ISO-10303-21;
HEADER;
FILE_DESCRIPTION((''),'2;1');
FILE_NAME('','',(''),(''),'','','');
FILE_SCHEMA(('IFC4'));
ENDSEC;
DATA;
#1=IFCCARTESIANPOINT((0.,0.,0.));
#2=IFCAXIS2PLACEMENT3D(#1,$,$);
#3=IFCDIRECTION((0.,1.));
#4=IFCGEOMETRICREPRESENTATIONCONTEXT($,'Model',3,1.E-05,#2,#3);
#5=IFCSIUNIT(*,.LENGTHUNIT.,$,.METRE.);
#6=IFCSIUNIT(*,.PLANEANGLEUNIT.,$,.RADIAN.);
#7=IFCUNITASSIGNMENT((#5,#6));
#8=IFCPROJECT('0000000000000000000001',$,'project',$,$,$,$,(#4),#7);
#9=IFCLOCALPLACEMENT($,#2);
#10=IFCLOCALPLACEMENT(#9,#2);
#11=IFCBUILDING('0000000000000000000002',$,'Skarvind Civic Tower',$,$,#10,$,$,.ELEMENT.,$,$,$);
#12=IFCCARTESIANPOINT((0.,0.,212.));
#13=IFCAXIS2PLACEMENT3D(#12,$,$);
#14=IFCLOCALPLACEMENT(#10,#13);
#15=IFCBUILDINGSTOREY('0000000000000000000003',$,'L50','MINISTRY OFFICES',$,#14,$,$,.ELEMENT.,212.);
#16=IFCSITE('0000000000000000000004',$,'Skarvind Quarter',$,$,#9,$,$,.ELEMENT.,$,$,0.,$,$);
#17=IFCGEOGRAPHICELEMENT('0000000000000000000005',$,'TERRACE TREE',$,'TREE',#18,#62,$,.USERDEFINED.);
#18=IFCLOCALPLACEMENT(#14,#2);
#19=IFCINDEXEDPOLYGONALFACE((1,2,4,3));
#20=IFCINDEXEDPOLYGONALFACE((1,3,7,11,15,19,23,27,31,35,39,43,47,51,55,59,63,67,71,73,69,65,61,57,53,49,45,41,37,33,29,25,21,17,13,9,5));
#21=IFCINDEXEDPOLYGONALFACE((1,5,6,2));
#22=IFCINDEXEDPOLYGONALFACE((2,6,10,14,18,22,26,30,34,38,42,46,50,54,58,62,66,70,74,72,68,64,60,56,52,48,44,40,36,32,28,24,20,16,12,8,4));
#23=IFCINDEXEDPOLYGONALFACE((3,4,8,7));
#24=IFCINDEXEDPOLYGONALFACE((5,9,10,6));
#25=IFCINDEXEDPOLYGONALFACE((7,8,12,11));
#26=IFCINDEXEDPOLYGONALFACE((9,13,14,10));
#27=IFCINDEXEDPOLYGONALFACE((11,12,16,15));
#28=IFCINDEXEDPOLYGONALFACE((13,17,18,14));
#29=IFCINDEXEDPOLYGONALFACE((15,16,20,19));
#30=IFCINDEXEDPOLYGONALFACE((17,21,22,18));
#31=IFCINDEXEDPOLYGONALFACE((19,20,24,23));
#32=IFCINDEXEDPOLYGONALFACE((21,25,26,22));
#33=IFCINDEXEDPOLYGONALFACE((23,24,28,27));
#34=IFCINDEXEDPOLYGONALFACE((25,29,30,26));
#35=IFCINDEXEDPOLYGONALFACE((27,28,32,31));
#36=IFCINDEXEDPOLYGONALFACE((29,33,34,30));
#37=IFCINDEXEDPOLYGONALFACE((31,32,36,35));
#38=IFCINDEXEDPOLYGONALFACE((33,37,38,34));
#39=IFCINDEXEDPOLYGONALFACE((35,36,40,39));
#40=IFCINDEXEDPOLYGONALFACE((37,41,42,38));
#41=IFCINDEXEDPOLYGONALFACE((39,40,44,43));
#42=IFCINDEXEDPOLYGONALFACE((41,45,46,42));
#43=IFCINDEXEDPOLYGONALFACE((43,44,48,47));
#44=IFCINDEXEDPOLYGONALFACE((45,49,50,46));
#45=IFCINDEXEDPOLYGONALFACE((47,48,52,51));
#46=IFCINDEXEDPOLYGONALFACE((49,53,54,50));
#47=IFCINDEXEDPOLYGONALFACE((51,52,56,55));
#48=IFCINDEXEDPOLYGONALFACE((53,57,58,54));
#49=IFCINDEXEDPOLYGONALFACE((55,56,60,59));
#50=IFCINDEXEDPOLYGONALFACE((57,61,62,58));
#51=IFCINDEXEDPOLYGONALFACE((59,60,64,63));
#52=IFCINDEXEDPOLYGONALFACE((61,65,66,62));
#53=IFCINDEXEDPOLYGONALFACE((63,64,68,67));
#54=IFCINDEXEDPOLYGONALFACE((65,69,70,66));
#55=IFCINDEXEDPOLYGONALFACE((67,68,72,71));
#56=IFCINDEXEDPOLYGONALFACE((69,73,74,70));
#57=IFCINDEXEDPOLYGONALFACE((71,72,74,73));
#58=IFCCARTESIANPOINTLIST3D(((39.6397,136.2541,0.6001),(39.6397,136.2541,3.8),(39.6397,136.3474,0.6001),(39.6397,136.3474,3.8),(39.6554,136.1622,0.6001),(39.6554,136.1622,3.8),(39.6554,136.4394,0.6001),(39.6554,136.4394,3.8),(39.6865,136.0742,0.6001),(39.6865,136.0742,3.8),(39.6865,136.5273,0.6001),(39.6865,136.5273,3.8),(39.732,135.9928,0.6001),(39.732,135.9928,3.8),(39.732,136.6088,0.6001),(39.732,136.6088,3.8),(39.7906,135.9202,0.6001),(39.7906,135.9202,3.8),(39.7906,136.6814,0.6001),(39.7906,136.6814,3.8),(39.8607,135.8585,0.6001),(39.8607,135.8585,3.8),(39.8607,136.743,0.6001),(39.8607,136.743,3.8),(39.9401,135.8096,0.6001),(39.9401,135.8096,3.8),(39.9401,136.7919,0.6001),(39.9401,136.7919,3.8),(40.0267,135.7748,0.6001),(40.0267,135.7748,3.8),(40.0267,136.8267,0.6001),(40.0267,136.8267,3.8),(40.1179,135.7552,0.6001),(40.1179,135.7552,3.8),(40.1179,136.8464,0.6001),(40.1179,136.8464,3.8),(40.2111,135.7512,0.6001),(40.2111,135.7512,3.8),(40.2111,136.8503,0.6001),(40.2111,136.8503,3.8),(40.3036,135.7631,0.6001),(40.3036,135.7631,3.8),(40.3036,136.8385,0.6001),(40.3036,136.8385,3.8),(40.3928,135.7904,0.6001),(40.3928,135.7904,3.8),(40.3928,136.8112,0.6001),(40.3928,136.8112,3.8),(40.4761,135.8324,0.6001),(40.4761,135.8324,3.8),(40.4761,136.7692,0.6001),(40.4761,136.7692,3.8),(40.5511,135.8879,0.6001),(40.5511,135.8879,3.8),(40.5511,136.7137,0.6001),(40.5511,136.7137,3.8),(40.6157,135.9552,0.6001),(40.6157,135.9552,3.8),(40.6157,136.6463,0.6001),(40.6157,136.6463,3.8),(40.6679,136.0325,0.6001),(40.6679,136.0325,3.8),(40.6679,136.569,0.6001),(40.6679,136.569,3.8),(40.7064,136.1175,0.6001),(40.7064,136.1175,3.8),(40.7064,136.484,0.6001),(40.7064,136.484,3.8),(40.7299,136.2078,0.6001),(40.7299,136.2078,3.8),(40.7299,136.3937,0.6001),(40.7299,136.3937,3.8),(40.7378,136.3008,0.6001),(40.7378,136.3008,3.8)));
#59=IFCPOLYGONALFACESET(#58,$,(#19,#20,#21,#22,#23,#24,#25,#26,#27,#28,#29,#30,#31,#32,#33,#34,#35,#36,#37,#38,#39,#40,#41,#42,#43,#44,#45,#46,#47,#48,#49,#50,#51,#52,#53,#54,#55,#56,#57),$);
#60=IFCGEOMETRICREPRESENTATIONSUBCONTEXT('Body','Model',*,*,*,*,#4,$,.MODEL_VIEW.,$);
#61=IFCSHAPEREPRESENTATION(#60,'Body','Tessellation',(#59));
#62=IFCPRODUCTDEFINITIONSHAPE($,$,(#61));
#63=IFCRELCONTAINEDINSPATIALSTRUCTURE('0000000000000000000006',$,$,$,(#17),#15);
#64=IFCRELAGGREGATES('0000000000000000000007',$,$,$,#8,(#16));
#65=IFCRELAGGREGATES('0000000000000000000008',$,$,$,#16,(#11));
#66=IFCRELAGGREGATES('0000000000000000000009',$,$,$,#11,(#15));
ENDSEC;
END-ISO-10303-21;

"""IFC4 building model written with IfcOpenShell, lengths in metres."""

from ifc_helpers import new_model, si_unit, direction, frame, origin, origin_2d, place, context, subcontext, project, spatial, circle, extrude, element, save


model = new_model("IFC4")

# Units and contexts
model_context = context("Model", 3, precision=1e-05, world=origin(), true_north=direction((0.0, 1.0)))
body_context = subcontext(model_context, "Body", "Model", "MODEL_VIEW")
ifc_project = project(units=[si_unit("LENGTHUNIT", "METRE"), si_unit("PLANEANGLEUNIT", "RADIAN")], contexts=[model_context])

# Site, building, storey
site_placement = place(None, origin())
site = spatial("IfcSite", under=ifc_project, at=site_placement, Name="Skarvind Quarter", CompositionType="ELEMENT", RefElevation=0.0)
building_placement = place(site_placement, origin())
building = spatial("IfcBuilding", under=site, at=building_placement, Name="Skarvind Civic Tower", CompositionType="ELEMENT")
storey_placement = place(building_placement, frame((0.0, 0.0, 212.0)))
storey = spatial("IfcBuildingStorey", under=building, at=storey_placement, Name="L50", Description="MINISTRY OFFICES", CompositionType="ELEMENT", Elevation=212.0)

# Geographic element
geographic_element_placement = place(storey_placement, frame((40.1877, 136.3008, 0.6001), z_axis=(0.0, 0.0, 1.0), x_axis=(1.0, 0.0, 0.0)))
element("IfcGeographicElement", 1, at=geographic_element_placement, inside=storey, Name="TERRACE TREE", ObjectType="TREE", PredefinedType="USERDEFINED", context=body_context, shape_type="SweptSolid", body=[
    extrude(circle(Radius=0.55, at=origin_2d()), origin(), (0.0, 0.0, 1.0), 3.2),
])

save(model, "model.ifc")
